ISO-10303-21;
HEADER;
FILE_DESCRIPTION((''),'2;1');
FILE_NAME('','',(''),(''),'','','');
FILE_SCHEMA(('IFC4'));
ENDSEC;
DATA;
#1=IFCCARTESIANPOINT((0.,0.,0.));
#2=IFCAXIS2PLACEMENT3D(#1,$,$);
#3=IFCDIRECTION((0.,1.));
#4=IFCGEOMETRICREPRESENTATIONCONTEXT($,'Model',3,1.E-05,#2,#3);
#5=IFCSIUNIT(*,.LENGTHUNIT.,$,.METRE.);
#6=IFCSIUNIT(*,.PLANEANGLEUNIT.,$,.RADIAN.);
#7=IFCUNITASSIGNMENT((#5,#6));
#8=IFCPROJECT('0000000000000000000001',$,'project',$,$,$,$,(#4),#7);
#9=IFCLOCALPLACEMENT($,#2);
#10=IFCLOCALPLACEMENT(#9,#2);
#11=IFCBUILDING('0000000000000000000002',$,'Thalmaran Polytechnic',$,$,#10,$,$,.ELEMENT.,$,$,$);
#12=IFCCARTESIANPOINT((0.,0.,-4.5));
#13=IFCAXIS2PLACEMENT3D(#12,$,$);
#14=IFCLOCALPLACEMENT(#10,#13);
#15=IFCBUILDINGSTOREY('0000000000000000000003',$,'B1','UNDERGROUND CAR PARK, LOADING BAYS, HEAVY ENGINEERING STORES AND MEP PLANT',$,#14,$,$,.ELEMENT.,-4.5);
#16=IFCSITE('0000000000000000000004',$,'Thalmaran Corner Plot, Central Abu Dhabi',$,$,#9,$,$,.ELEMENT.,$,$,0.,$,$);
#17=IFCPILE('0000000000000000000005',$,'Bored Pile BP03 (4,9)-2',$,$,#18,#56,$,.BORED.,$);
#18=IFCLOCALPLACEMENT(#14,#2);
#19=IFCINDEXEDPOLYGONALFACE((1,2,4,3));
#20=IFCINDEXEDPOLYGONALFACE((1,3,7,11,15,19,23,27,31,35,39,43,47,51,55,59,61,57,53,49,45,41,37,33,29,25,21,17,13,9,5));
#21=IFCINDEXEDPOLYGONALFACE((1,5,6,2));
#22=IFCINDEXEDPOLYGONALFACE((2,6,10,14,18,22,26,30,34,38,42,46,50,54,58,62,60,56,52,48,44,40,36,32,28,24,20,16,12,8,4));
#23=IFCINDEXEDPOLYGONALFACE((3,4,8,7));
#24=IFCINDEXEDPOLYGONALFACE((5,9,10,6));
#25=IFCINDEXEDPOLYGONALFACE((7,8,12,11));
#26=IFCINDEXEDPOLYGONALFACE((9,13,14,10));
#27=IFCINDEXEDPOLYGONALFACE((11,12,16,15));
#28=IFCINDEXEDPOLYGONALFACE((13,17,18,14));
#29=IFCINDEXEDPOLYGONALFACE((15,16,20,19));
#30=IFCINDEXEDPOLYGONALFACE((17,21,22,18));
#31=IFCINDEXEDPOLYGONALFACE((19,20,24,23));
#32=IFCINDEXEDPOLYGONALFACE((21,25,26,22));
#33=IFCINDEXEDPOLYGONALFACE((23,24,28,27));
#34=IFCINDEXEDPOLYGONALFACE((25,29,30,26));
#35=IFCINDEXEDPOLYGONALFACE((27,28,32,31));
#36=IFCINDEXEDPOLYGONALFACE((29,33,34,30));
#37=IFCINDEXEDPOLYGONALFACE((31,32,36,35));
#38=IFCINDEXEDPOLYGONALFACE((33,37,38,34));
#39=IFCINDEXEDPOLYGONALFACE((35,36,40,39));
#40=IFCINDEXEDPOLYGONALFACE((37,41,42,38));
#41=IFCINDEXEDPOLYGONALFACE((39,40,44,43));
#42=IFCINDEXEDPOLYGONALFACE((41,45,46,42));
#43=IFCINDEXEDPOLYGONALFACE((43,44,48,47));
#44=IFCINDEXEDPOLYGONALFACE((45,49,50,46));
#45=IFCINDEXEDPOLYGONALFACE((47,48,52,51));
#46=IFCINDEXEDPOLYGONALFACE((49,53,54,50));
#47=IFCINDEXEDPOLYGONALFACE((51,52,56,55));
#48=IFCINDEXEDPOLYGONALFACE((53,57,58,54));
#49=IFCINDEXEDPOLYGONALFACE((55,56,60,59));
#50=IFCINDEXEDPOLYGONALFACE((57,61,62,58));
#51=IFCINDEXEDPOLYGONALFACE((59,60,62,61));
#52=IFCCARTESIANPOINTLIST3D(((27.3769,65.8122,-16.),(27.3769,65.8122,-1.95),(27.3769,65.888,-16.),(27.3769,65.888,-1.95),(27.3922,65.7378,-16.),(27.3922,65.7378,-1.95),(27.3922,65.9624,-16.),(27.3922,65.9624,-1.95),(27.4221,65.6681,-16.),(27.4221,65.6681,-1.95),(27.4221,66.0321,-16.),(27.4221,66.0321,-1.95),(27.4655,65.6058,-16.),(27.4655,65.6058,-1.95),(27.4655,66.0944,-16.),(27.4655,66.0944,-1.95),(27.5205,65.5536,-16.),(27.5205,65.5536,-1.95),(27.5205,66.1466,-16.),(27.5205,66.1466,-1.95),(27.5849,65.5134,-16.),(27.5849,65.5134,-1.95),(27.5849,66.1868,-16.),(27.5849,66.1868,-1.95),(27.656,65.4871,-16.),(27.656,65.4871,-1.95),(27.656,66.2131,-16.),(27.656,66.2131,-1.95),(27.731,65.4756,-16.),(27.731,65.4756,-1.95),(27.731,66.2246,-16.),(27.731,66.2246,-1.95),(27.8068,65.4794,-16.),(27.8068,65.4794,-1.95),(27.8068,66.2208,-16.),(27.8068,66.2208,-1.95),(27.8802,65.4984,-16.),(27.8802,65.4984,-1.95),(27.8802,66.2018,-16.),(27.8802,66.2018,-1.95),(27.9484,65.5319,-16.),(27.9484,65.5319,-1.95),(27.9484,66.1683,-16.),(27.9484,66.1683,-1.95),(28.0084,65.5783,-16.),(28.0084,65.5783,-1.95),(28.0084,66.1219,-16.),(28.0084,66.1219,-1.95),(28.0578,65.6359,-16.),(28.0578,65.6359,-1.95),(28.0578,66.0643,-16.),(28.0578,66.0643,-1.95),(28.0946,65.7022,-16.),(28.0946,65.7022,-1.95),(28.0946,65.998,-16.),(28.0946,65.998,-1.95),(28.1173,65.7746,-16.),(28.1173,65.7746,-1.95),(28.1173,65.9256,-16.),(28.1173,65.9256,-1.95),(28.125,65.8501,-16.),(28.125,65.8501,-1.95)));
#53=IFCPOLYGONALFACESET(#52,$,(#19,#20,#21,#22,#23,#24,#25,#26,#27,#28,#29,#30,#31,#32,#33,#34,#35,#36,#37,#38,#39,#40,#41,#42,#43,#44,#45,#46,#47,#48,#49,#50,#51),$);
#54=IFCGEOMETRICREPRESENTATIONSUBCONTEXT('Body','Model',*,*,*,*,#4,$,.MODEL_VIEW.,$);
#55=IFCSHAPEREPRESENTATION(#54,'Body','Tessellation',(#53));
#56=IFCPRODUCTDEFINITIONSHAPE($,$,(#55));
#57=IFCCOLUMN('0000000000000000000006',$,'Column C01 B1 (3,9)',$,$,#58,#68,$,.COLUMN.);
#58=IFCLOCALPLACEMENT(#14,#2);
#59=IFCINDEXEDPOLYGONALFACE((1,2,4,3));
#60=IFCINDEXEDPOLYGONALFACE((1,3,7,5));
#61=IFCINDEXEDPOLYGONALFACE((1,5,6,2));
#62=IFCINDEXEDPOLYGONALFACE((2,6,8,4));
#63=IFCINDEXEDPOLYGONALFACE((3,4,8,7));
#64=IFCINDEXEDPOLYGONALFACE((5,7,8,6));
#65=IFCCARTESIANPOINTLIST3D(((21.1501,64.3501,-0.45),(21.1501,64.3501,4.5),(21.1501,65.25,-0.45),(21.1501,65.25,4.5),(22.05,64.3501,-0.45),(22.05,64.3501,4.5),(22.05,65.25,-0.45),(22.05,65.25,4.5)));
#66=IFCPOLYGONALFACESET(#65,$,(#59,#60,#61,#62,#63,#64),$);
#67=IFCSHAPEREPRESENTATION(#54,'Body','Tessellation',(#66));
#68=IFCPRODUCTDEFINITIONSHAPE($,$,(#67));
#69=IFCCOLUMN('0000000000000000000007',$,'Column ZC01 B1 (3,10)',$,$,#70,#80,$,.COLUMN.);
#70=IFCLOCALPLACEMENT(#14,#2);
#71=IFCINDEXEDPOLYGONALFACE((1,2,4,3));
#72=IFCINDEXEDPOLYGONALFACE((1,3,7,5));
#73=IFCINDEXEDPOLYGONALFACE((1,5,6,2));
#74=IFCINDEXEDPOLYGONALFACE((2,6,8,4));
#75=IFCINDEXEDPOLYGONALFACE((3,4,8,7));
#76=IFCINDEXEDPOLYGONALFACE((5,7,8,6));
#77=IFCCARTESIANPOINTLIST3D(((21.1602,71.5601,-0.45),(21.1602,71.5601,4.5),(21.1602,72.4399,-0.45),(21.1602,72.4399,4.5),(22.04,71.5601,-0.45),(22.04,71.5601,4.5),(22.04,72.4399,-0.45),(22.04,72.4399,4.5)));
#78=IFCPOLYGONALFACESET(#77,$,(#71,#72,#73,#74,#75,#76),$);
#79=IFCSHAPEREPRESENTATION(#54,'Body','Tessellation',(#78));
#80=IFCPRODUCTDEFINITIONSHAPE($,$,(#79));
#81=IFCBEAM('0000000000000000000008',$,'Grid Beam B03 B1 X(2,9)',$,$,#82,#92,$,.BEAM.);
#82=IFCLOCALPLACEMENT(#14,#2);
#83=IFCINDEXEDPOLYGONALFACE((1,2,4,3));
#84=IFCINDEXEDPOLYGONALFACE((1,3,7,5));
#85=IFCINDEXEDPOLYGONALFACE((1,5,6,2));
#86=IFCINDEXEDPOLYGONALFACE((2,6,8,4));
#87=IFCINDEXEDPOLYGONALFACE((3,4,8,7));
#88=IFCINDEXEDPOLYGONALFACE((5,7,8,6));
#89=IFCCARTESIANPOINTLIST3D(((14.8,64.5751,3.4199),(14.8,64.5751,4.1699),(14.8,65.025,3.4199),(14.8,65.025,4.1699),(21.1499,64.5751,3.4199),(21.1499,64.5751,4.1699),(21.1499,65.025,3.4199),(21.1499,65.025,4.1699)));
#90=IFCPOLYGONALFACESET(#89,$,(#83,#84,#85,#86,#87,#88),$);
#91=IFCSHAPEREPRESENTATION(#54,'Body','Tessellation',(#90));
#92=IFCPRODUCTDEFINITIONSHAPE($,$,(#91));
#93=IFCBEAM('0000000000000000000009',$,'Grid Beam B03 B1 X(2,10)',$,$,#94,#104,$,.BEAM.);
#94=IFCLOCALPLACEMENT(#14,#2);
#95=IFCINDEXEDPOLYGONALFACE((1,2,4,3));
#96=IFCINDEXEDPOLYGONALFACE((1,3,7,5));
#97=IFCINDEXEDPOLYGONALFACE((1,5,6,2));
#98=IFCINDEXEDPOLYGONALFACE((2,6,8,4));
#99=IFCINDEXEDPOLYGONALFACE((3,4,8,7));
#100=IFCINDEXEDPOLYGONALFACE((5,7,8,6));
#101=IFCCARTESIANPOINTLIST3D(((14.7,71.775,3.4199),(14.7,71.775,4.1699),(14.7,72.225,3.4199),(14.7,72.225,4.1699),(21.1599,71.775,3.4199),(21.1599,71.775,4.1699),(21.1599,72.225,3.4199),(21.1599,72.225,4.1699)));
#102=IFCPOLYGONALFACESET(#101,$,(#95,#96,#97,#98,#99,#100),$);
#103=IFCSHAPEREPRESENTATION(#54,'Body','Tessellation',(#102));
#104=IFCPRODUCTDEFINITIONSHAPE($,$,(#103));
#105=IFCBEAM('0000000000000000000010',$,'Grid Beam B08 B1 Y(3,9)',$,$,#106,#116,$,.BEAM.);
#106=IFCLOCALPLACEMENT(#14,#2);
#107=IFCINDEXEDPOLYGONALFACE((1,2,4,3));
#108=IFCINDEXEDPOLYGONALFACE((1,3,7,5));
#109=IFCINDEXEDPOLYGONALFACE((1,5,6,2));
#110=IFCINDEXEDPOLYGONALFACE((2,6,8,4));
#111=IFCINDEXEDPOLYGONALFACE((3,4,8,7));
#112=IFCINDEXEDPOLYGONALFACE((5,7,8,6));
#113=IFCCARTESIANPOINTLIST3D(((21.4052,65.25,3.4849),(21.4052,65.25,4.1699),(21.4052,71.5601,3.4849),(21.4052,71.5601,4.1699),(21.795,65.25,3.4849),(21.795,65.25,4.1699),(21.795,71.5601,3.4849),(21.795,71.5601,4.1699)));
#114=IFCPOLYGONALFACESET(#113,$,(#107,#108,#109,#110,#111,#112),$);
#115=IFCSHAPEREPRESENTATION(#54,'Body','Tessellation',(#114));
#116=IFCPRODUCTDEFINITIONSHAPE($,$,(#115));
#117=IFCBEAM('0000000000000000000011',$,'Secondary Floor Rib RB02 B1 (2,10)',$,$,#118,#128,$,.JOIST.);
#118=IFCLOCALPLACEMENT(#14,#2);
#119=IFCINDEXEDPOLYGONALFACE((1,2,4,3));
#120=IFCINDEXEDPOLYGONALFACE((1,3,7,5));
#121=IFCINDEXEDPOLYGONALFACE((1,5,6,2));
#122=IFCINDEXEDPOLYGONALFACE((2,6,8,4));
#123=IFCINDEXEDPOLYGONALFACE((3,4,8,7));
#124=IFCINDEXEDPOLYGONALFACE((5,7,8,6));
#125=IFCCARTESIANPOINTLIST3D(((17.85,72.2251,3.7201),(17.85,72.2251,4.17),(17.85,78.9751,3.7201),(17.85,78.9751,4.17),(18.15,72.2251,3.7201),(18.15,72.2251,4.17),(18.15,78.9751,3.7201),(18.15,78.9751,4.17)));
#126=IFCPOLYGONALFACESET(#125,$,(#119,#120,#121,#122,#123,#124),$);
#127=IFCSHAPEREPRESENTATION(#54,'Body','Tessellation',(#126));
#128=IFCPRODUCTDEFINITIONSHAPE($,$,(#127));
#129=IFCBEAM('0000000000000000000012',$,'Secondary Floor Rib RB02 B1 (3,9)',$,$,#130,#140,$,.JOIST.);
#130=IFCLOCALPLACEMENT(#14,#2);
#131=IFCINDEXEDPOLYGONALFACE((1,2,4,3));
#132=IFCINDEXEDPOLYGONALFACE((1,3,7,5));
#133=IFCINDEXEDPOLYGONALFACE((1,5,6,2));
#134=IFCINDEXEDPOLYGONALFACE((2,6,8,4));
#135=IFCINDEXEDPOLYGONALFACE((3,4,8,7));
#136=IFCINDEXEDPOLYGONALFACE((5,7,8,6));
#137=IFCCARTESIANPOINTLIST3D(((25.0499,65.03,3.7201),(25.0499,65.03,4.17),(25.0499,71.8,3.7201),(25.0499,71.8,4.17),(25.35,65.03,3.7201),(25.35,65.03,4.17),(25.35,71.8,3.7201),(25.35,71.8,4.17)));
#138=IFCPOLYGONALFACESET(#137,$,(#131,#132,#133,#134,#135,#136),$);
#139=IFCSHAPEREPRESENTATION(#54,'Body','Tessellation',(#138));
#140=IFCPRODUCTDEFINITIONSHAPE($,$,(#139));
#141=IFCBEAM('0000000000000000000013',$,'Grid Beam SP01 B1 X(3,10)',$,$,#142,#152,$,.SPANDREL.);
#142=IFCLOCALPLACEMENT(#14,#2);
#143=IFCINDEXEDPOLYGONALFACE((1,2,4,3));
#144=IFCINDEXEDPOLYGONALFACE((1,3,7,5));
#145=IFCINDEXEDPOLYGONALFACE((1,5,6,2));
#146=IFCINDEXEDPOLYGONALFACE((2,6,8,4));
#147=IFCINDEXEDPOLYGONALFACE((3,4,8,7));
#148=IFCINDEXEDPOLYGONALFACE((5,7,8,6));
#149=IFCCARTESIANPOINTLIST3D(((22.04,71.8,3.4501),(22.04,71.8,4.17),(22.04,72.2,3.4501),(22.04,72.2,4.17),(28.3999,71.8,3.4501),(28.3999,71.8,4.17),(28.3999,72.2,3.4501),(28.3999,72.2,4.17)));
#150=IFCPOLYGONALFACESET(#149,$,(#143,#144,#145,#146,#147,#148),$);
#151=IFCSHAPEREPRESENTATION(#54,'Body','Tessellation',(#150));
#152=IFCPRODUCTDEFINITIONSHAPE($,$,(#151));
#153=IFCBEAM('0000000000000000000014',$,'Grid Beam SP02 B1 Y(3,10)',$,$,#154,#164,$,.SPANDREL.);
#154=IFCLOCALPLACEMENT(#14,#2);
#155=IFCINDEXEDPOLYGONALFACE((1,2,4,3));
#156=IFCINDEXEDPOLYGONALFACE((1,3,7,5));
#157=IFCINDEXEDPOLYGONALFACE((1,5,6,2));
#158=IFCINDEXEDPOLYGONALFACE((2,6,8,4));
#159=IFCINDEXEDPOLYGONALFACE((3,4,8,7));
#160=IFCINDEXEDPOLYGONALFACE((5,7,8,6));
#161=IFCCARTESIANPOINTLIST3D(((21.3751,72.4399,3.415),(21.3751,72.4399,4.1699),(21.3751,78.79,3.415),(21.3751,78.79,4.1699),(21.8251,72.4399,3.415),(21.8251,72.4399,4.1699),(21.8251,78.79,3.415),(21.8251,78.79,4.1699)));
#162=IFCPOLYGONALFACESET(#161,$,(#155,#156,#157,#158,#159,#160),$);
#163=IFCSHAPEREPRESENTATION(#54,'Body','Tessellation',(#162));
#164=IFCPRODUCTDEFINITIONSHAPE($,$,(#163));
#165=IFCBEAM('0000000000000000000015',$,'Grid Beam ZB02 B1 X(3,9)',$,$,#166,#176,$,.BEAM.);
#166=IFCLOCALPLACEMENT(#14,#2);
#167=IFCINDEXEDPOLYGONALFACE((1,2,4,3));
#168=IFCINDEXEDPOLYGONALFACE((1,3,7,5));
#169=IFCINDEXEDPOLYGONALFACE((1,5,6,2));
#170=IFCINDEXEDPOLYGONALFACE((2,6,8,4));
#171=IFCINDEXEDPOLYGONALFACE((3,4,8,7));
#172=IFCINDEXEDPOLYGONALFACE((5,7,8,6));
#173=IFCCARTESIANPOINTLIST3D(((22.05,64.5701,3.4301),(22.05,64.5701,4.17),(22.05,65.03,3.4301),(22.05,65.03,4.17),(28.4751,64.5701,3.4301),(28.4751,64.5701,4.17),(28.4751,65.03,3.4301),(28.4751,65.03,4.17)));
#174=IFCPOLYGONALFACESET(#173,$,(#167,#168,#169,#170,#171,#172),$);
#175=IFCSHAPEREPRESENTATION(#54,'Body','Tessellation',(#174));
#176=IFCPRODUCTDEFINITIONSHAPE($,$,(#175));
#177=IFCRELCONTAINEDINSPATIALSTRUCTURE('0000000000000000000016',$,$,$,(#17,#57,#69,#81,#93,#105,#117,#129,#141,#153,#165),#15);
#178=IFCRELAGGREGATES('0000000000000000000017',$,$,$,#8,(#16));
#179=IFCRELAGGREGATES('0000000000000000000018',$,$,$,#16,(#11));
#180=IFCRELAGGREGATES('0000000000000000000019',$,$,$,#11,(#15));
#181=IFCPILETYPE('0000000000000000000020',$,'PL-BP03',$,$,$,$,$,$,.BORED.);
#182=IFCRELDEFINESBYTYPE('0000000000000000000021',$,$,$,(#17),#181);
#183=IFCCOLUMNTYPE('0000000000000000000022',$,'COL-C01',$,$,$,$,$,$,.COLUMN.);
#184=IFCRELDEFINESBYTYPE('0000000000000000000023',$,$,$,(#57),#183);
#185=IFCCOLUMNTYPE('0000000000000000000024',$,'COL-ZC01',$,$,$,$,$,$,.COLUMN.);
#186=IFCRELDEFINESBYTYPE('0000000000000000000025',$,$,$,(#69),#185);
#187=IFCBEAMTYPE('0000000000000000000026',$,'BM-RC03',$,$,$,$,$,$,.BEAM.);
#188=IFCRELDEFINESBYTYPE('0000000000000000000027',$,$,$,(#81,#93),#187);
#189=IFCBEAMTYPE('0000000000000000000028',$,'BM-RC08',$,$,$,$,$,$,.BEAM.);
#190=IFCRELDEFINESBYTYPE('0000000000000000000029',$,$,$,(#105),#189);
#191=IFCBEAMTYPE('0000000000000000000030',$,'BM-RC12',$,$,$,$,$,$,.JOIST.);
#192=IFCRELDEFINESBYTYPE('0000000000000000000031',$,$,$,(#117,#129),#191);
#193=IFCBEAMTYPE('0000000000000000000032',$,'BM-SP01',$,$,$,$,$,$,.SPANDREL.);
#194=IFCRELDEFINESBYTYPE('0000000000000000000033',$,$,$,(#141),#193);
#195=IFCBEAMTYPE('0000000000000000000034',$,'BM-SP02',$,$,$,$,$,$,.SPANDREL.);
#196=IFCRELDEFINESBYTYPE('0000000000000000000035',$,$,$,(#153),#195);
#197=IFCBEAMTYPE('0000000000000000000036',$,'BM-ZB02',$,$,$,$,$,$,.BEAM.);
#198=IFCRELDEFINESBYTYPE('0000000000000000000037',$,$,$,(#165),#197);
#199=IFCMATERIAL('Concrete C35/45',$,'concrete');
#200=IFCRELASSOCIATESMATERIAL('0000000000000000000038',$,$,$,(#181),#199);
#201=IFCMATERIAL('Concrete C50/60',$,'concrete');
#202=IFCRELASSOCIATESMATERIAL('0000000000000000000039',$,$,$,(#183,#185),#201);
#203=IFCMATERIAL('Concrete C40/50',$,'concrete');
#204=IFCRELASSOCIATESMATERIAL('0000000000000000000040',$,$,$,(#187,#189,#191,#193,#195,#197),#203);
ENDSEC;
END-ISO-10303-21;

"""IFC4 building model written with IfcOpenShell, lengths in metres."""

from ifc_helpers import new_model, si_unit, direction, frame, origin, origin_2d, place, context, subcontext, project, spatial, rectangle, circle, extrude, material, material_profile, profile_set, type_object, element, save


model = new_model("IFC4")

# Units and contexts
model_context = context("Model", 3, precision=1e-05, world=origin(), true_north=direction((0.0, 1.0)))
body_context = subcontext(model_context, "Body", "Model", "MODEL_VIEW")
ifc_project = project(units=[si_unit("LENGTHUNIT", "METRE"), si_unit("PLANEANGLEUNIT", "RADIAN")], contexts=[model_context])

# Site, building, storey
site_placement = place(None, origin())
site = spatial("IfcSite", under=ifc_project, at=site_placement, Name="Thalmaran Corner Plot, Central Abu Dhabi", CompositionType="ELEMENT", RefElevation=0.0)
building_placement = place(site_placement, origin())
building = spatial("IfcBuilding", under=site, at=building_placement, Name="Thalmaran Polytechnic", CompositionType="ELEMENT")
storey_placement = place(building_placement, frame((0.0, 0.0, -4.5)))
storey = spatial("IfcBuildingStorey", under=building, at=storey_placement, Name="B1", Description="UNDERGROUND CAR PARK, LOADING BAYS, HEAVY ENGINEERING STORES AND MEP PLANT", CompositionType="ELEMENT", Elevation=-4.5)

# Shared definitions
ifc_material_1 = material(Name="Concrete C40/50", Category="concrete")

# Pile
ifc_material_2 = material(Name="Concrete C35/45", Category="concrete")
ifc_material_profile_1 = material_profile(ifc_material_2, circle(Radius=0.375, at=origin_2d()), Name="RC 750 DIA")
ifc_profile_set_1 = profile_set([ifc_material_profile_1], Name="Concrete C35/45")
pile_type_1 = type_object("IfcPileType", Name="PL-BP03", PredefinedType="BORED", material=ifc_profile_set_1)
for number, where, z_axis, x_axis, name in (
    (1, (27.75, 65.8501, -1.95), (0.0, 0.0, -1.0), (1.0, 0.0, 0.0), "Bored Pile BP03 (4,9)-2"),
):
    element("IfcPile", number, at=place(storey_placement, frame(where, z_axis=z_axis, x_axis=x_axis)), inside=storey, type_object=pile_type_1, Name=name, PredefinedType="BORED", context=body_context, shape_type="SweptSolid", body=[
        extrude(circle(Radius=0.375, at=origin_2d()), origin(), (0.0, 0.0, 1.0), 14.05),
    ])

# Columns
ifc_material_3 = material(Name="Concrete C50/60", Category="concrete")
ifc_material_profile_2 = material_profile(ifc_material_3, rectangle(XDim=0.8999, YDim=0.8999, at=origin_2d()), Name="RC 900x900")
ifc_profile_set_2 = profile_set([ifc_material_profile_2], Name="Concrete C50/60")
column_type_1 = type_object("IfcColumnType", Name="COL-C01", PredefinedType="COLUMN", material=ifc_profile_set_2)
column_1_placement = place(storey_placement, frame((21.6001, 64.8, -0.45), z_axis=(0.0, 0.0, 1.0), x_axis=(1.0, 0.0, 0.0)))
element("IfcColumn", 2, at=column_1_placement, inside=storey, type_object=column_type_1, Name="Column C01 B1 (3,9)", PredefinedType="COLUMN", context=body_context, shape_type="SweptSolid", body=[
    extrude(rectangle(XDim=0.8999, YDim=0.8999, at=origin_2d()), origin(), (0.0, 0.0, 1.0), 4.95),
])
ifc_material_profile_3 = material_profile(ifc_material_3, rectangle(XDim=0.8799, YDim=0.8799, at=origin_2d()), Name="RC 880x880")
ifc_profile_set_3 = profile_set([ifc_material_profile_3], Name="Concrete C50/60")
column_type_2 = type_object("IfcColumnType", Name="COL-ZC01", PredefinedType="COLUMN", material=ifc_profile_set_3)
column_2_placement = place(storey_placement, frame((21.6001, 72.0, -0.45), z_axis=(0.0, 0.0, 1.0), x_axis=(1.0, 0.0, 0.0)))
element("IfcColumn", 3, at=column_2_placement, inside=storey, type_object=column_type_2, Name="Column ZC01 B1 (3,10)", PredefinedType="COLUMN", context=body_context, shape_type="SweptSolid", body=[
    extrude(rectangle(XDim=0.8799, YDim=0.8799, at=origin_2d()), origin(), (0.0, 0.0, 1.0), 4.95),
])

# Beams
ifc_material_profile_4 = material_profile(ifc_material_1, rectangle(XDim=0.45, YDim=0.75, at=origin_2d()), Name="RC 450x750")
ifc_profile_set_4 = profile_set([ifc_material_profile_4], Name="Concrete C40/50")
beam_type_1 = type_object("IfcBeamType", Name="BM-RC03", PredefinedType="BEAM", material=ifc_profile_set_4)
beam_1_placement = place(storey_placement, frame((14.8, 64.8, 3.7949), z_axis=(1.0, 0.0, 0.0), x_axis=(0.0, 1.0, 0.0)))
element("IfcBeam", 4, at=beam_1_placement, inside=storey, type_object=beam_type_1, Name="Grid Beam B03 B1 X(2,9)", PredefinedType="BEAM", context=body_context, shape_type="SweptSolid", body=[
    extrude(rectangle(XDim=0.45, YDim=0.75, at=origin_2d()), origin(), (0.0, 0.0, 1.0), 6.3499),
])
beam_2_placement = place(storey_placement, frame((14.7, 72.0, 3.7949), z_axis=(1.0, 0.0, 0.0), x_axis=(0.0, 1.0, 0.0)))
element("IfcBeam", 5, at=beam_2_placement, inside=storey, type_object=beam_type_1, Name="Grid Beam B03 B1 X(2,10)", PredefinedType="BEAM", context=body_context, shape_type="SweptSolid", body=[
    extrude(rectangle(XDim=0.45, YDim=0.75, at=origin_2d()), origin(), (0.0, 0.0, 1.0), 6.46),
])
ifc_material_profile_5 = material_profile(ifc_material_1, rectangle(XDim=0.3899, YDim=0.6851, at=origin_2d()), Name="RC 390x685")
ifc_profile_set_5 = profile_set([ifc_material_profile_5], Name="Concrete C40/50")
beam_type_2 = type_object("IfcBeamType", Name="BM-RC08", PredefinedType="BEAM", material=ifc_profile_set_5)
beam_3_placement = place(storey_placement, frame((21.6001, 65.25, 3.8274), z_axis=(0.0, 1.0, 0.0), x_axis=(-1.0, 0.0, 0.0)))
element("IfcBeam", 6, at=beam_3_placement, inside=storey, type_object=beam_type_2, Name="Grid Beam B08 B1 Y(3,9)", PredefinedType="BEAM", context=body_context, shape_type="SweptSolid", body=[
    extrude(rectangle(XDim=0.3899, YDim=0.6851, at=origin_2d()), origin(), (0.0, 0.0, 1.0), 6.3101),
])
ifc_material_profile_6 = material_profile(ifc_material_1, rectangle(XDim=0.3, YDim=0.45, at=origin_2d()), Name="RC 300x450")
ifc_profile_set_6 = profile_set([ifc_material_profile_6], Name="Concrete C40/50")
beam_type_3 = type_object("IfcBeamType", Name="BM-RC12", PredefinedType="JOIST", material=ifc_profile_set_6)
beam_4_placement = place(storey_placement, frame((18.0, 72.2251, 3.9451), z_axis=(0.0, 1.0, 0.0), x_axis=(-1.0, 0.0, 0.0)))
element("IfcBeam", 7, at=beam_4_placement, inside=storey, type_object=beam_type_3, Name="Secondary Floor Rib RB02 B1 (2,10)", PredefinedType="JOIST", context=body_context, shape_type="SweptSolid", body=[
    extrude(rectangle(XDim=0.3, YDim=0.45, at=origin_2d()), origin(), (0.0, 0.0, 1.0), 6.75),
])
beam_5_placement = place(storey_placement, frame((25.2, 65.03, 3.9451), z_axis=(0.0, 1.0, 0.0), x_axis=(-1.0, 0.0, 0.0)))
element("IfcBeam", 8, at=beam_5_placement, inside=storey, type_object=beam_type_3, Name="Secondary Floor Rib RB02 B1 (3,9)", PredefinedType="JOIST", context=body_context, shape_type="SweptSolid", body=[
    extrude(rectangle(XDim=0.3, YDim=0.45, at=origin_2d()), origin(), (0.0, 0.0, 1.0), 6.77),
])
ifc_material_profile_7 = material_profile(ifc_material_1, rectangle(XDim=0.3999, YDim=0.72, at=origin_2d()), Name="RC 400x720")
ifc_profile_set_7 = profile_set([ifc_material_profile_7], Name="Concrete C40/50")
beam_type_4 = type_object("IfcBeamType", Name="BM-SP01", PredefinedType="SPANDREL", material=ifc_profile_set_7)
beam_6_placement = place(storey_placement, frame((22.04, 72.0, 3.8101), z_axis=(1.0, 0.0, 0.0), x_axis=(0.0, 1.0, 0.0)))
element("IfcBeam", 9, at=beam_6_placement, inside=storey, type_object=beam_type_4, Name="Grid Beam SP01 B1 X(3,10)", PredefinedType="SPANDREL", context=body_context, shape_type="SweptSolid", body=[
    extrude(rectangle(XDim=0.3999, YDim=0.72, at=origin_2d()), origin(), (0.0, 0.0, 1.0), 6.3599),
])
ifc_material_profile_8 = material_profile(ifc_material_1, rectangle(XDim=0.45, YDim=0.7549, at=origin_2d()), Name="RC 450x755")
ifc_profile_set_8 = profile_set([ifc_material_profile_8], Name="Concrete C40/50")
beam_type_5 = type_object("IfcBeamType", Name="BM-SP02", PredefinedType="SPANDREL", material=ifc_profile_set_8)
beam_7_placement = place(storey_placement, frame((21.6001, 72.4399, 3.7925), z_axis=(0.0, 1.0, 0.0), x_axis=(-1.0, 0.0, 0.0)))
element("IfcBeam", 10, at=beam_7_placement, inside=storey, type_object=beam_type_5, Name="Grid Beam SP02 B1 Y(3,10)", PredefinedType="SPANDREL", context=body_context, shape_type="SweptSolid", body=[
    extrude(rectangle(XDim=0.45, YDim=0.7549, at=origin_2d()), origin(), (0.0, 0.0, 1.0), 6.3501),
])
ifc_material_profile_9 = material_profile(ifc_material_1, rectangle(XDim=0.46, YDim=0.74, at=origin_2d()), Name="RC 460x740")
ifc_profile_set_9 = profile_set([ifc_material_profile_9], Name="Concrete C40/50")
beam_type_6 = type_object("IfcBeamType", Name="BM-ZB02", PredefinedType="BEAM", material=ifc_profile_set_9)
beam_8_placement = place(storey_placement, frame((22.05, 64.8, 3.8), z_axis=(1.0, 0.0, 0.0), x_axis=(0.0, 1.0, 0.0)))
element("IfcBeam", 11, at=beam_8_placement, inside=storey, type_object=beam_type_6, Name="Grid Beam ZB02 B1 X(3,9)", PredefinedType="BEAM", context=body_context, shape_type="SweptSolid", body=[
    extrude(rectangle(XDim=0.46, YDim=0.74, at=origin_2d()), origin(), (0.0, 0.0, 1.0), 6.425),
])

save(model, "model.ifc")
